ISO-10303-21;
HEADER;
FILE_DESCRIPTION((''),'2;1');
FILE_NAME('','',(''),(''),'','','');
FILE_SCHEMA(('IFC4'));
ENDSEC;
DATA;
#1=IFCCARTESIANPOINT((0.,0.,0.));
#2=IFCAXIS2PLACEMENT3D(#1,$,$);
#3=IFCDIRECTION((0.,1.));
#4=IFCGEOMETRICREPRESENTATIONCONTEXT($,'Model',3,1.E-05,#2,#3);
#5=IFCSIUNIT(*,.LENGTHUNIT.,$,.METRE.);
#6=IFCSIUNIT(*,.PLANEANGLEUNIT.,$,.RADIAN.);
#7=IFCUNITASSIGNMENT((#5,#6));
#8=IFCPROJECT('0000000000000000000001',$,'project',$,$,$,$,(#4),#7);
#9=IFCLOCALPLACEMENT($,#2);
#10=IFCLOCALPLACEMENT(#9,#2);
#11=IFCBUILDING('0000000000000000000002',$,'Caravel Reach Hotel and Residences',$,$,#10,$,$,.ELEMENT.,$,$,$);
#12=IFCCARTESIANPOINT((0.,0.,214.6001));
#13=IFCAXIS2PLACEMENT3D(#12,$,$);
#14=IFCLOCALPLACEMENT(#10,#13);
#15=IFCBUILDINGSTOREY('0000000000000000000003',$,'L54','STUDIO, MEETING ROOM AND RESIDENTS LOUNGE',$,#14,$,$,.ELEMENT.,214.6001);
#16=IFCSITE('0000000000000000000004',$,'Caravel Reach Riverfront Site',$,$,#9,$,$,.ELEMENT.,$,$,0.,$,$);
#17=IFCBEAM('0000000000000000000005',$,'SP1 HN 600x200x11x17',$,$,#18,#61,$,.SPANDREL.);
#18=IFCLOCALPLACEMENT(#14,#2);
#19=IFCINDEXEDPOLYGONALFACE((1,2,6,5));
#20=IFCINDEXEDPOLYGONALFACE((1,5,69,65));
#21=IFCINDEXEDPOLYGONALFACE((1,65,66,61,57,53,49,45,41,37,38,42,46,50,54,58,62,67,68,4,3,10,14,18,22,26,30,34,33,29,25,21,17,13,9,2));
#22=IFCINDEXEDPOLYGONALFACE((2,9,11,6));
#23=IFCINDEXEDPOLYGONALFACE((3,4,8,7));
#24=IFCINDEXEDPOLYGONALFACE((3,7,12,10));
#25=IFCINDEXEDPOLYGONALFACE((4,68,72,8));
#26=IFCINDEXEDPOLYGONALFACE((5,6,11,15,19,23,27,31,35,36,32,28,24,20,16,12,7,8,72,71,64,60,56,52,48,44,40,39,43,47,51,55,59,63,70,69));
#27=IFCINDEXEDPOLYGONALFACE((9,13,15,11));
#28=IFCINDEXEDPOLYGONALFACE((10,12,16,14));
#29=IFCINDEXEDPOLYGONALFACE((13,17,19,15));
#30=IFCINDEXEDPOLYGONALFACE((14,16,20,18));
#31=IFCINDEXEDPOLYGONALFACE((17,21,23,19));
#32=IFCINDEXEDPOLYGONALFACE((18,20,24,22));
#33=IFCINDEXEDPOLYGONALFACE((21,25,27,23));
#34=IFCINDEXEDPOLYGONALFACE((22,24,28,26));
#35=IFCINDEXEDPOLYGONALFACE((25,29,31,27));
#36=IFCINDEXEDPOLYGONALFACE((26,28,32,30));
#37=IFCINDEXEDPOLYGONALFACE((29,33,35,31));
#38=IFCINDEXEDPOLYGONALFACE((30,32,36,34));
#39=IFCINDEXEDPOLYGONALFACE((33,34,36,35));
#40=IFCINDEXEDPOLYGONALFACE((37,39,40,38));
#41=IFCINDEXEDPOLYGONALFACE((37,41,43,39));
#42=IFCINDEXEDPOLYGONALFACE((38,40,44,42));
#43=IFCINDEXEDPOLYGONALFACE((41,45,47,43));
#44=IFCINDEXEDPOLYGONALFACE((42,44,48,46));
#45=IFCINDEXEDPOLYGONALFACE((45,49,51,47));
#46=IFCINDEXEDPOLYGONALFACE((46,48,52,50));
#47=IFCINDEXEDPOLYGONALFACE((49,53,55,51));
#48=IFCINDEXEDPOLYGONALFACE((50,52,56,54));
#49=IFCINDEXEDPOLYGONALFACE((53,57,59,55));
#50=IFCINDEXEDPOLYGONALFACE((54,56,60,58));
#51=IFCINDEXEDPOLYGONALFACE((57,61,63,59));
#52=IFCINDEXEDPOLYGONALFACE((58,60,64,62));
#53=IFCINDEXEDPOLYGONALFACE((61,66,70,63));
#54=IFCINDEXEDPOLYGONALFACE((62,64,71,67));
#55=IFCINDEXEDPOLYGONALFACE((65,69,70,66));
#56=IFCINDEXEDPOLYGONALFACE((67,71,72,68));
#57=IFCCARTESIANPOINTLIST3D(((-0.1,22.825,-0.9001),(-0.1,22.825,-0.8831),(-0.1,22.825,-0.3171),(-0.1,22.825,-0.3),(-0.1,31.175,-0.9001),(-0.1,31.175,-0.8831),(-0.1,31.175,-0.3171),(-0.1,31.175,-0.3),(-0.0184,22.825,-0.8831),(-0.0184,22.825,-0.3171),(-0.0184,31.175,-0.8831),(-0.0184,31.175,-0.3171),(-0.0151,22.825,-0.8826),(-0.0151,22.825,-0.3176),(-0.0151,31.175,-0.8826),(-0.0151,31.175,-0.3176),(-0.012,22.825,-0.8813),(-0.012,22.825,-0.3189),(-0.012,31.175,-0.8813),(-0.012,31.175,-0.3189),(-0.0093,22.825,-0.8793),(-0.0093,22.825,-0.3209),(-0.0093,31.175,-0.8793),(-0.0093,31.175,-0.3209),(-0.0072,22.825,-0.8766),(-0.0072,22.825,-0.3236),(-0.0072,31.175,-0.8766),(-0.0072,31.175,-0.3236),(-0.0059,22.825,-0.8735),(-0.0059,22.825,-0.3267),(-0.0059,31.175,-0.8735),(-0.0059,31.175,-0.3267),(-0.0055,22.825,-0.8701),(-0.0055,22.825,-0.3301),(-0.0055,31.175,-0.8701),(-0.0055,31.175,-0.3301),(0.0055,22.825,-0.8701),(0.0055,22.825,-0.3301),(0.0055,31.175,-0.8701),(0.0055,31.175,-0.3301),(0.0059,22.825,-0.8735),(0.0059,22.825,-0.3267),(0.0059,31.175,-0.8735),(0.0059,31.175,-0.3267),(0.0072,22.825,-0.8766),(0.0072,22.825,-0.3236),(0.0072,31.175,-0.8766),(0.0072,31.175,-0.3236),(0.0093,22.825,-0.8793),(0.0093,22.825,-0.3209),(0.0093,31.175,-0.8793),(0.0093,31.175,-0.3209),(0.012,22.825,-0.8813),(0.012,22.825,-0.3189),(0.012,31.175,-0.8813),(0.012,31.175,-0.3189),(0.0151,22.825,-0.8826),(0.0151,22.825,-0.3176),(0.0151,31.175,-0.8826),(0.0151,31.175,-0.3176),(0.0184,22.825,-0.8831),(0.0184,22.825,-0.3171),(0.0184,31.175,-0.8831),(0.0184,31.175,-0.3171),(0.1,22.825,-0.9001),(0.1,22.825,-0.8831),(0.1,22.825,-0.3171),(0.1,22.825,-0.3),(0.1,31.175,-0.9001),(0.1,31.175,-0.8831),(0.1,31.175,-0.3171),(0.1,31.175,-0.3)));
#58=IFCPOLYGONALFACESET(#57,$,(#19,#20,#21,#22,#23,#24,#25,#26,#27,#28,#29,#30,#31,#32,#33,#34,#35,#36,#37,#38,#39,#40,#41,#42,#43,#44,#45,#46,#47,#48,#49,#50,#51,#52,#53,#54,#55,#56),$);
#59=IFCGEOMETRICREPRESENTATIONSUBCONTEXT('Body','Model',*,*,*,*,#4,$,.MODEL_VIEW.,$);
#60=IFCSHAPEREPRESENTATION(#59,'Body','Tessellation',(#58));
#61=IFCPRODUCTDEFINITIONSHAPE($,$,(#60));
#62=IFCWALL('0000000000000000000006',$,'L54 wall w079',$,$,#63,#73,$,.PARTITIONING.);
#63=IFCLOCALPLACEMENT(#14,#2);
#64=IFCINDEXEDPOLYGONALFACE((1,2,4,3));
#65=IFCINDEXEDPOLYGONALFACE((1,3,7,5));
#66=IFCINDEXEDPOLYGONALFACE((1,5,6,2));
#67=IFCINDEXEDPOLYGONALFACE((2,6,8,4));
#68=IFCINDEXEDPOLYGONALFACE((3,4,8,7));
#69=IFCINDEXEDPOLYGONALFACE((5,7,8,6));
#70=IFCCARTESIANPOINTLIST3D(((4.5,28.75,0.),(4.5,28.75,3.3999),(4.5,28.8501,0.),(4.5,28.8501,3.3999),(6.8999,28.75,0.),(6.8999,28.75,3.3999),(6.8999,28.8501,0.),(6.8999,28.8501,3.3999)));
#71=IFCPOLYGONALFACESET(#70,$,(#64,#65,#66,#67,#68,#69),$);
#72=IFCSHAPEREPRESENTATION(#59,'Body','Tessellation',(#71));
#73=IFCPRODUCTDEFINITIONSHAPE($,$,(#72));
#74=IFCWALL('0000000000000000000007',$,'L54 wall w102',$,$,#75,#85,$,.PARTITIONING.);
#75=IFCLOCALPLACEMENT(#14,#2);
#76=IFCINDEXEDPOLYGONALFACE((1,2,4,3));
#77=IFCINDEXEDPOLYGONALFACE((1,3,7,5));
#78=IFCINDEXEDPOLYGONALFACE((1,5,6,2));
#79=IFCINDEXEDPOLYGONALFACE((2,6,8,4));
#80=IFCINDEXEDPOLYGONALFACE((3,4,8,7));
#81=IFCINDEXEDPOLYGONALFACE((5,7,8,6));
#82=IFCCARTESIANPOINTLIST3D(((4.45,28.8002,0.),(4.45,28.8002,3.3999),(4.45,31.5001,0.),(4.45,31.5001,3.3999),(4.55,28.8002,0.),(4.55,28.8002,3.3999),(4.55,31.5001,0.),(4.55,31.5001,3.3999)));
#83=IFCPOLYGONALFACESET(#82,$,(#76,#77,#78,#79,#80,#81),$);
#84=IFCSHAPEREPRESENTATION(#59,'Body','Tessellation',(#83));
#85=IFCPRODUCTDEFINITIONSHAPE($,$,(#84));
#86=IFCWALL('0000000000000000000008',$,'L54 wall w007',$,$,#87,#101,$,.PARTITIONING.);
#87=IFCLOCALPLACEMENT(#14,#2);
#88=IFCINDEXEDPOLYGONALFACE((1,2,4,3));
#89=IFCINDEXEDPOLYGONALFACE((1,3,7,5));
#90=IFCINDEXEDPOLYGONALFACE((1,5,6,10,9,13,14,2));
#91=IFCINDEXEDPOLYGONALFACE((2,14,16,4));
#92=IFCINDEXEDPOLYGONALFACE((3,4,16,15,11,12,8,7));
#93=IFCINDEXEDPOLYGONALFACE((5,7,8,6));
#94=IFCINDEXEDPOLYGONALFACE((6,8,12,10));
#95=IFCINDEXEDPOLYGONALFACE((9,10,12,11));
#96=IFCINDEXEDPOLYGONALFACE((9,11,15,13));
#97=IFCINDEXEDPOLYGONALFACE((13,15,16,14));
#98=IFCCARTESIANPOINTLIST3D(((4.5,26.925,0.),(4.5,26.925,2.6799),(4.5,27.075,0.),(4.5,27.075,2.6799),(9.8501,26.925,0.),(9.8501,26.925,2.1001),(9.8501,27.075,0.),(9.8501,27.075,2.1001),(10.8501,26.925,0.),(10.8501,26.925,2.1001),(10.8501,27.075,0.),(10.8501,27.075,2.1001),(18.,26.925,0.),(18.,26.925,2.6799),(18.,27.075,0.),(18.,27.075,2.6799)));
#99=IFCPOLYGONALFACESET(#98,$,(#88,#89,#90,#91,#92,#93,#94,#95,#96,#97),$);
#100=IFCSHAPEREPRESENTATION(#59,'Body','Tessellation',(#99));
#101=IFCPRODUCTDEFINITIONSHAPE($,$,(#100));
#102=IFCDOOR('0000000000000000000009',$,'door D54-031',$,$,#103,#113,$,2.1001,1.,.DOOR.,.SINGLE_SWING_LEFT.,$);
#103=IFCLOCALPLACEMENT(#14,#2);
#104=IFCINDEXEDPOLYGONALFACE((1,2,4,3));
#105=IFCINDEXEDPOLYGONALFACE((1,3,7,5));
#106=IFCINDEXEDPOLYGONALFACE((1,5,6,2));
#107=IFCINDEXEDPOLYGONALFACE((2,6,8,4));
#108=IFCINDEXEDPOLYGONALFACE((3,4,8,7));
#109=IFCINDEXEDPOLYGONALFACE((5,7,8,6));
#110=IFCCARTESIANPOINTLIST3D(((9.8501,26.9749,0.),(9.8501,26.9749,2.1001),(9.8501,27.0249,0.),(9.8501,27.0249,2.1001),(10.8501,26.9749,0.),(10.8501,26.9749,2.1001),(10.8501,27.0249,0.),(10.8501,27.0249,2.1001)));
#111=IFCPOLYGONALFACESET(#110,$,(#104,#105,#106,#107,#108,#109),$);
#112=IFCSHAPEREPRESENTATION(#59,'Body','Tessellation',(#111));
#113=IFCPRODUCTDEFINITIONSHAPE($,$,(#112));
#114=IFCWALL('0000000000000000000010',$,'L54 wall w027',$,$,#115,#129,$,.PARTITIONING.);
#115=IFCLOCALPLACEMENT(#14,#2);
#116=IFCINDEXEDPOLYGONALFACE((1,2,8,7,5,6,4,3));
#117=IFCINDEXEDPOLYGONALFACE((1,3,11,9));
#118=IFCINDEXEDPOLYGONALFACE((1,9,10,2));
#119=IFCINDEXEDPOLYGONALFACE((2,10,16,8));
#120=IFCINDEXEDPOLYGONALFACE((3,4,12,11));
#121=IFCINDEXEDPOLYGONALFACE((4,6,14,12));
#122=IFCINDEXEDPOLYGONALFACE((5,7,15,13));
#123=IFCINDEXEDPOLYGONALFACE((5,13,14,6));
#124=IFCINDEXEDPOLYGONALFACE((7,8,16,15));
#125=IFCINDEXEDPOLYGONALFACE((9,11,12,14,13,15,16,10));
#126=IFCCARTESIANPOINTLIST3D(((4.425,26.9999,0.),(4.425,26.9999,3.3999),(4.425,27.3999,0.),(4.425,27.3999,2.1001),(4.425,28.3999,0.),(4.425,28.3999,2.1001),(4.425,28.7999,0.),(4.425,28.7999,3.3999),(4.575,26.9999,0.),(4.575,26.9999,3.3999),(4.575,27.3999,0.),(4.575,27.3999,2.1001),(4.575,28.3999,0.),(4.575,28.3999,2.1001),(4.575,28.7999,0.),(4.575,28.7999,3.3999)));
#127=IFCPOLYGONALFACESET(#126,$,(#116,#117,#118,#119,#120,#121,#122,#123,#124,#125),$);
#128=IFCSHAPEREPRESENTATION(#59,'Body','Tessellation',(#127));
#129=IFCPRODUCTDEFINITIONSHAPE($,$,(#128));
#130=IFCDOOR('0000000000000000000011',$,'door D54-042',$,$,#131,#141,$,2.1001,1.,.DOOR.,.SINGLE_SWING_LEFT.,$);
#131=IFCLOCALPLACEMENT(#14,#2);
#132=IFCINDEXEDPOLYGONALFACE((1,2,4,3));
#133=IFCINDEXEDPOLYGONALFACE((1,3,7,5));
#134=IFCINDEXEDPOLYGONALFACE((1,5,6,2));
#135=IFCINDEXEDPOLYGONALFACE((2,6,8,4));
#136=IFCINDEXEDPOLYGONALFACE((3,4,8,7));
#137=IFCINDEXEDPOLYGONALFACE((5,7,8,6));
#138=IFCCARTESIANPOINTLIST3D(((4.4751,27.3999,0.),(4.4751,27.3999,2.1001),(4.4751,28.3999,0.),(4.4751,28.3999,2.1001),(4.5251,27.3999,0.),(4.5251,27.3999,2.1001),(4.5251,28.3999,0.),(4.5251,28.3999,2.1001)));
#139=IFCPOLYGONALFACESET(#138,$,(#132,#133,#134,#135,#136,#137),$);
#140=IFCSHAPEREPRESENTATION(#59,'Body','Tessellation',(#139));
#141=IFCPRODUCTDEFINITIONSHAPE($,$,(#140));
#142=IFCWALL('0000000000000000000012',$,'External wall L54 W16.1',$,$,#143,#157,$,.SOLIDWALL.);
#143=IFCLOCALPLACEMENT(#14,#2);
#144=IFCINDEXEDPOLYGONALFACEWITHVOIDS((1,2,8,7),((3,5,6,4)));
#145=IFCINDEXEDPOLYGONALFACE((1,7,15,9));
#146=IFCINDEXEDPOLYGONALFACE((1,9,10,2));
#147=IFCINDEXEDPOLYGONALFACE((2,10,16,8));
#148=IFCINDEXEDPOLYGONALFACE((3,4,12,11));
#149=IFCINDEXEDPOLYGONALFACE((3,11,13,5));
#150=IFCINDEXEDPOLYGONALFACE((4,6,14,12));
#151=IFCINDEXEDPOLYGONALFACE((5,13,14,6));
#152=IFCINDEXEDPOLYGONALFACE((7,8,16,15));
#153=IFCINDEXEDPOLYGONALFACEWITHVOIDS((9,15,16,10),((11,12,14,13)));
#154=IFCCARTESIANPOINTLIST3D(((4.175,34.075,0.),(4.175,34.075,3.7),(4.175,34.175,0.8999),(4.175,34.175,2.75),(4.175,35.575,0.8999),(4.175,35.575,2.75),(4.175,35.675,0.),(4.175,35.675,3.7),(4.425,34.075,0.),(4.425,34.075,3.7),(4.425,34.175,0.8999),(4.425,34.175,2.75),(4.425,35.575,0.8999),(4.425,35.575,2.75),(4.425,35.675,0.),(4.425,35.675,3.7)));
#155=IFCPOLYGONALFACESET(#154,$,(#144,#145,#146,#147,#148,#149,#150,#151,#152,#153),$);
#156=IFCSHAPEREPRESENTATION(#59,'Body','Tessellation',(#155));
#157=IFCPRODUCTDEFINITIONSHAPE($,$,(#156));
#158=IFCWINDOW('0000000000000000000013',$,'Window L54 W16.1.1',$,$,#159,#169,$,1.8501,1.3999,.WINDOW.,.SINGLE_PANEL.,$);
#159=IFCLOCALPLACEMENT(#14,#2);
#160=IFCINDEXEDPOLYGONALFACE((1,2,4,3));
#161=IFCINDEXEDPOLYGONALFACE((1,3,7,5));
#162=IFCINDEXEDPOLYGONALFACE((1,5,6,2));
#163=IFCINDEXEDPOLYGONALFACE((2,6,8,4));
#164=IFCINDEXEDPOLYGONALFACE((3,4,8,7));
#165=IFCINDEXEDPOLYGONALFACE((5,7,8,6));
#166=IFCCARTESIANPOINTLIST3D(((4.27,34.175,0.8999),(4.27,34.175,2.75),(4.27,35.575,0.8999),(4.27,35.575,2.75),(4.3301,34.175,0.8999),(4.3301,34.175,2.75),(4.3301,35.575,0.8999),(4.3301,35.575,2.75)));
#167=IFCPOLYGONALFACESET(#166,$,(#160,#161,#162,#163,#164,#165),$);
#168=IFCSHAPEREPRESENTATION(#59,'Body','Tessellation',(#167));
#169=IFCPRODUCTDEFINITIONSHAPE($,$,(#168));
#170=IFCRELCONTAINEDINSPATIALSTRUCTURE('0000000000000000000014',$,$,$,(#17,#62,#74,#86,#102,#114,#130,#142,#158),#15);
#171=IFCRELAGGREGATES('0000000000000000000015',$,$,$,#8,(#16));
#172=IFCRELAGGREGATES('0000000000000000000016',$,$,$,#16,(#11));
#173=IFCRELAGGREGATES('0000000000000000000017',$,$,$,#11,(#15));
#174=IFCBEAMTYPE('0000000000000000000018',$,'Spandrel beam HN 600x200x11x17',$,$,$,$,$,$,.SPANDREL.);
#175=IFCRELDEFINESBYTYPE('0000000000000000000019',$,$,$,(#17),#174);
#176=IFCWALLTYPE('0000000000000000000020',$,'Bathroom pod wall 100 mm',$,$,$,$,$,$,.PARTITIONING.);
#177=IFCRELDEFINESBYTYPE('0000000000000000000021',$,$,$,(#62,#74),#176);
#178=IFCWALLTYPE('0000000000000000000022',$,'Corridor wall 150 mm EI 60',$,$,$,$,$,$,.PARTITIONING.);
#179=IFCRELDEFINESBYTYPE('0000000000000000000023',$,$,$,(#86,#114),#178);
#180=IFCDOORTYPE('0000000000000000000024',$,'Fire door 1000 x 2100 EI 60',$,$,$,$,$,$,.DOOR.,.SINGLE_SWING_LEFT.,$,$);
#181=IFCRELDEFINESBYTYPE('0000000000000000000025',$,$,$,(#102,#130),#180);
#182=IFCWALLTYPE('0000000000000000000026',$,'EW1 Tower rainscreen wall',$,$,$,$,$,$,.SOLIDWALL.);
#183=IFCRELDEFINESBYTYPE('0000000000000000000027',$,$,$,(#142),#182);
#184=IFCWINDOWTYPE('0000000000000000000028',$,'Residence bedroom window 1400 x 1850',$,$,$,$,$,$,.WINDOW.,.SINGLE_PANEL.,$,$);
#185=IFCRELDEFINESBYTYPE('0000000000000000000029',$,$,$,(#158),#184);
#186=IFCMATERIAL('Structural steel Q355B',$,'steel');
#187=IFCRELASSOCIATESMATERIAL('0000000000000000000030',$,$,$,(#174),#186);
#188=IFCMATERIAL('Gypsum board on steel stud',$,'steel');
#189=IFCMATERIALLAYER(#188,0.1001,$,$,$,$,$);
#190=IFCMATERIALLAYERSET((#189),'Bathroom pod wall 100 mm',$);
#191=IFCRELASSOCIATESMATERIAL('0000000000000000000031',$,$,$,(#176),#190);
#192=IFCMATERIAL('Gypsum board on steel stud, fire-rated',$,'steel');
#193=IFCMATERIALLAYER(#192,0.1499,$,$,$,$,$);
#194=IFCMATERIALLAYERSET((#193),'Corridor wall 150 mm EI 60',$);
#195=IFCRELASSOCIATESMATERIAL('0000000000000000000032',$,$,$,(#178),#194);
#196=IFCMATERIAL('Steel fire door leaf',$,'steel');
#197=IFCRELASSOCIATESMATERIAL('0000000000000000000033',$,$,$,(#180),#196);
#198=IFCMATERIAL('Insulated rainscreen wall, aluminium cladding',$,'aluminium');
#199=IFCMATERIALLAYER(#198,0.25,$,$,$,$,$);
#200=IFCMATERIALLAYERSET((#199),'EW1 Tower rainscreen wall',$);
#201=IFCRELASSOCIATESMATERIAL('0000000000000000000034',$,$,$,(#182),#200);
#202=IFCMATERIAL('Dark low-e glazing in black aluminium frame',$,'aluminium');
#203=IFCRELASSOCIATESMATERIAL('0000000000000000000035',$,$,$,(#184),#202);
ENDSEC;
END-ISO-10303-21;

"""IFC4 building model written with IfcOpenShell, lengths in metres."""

from ifc_helpers import new_model, si_unit, direction, frame, frame_2d, origin, origin_2d, place, context, subcontext, project, spatial, rectangle, i_section, extrude, material, layer, layer_set, material_profile, profile_set, type_object, element, fill, save


model = new_model("IFC4")

# Units and contexts
model_context = context("Model", 3, precision=1e-05, world=origin(), true_north=direction((0.0, 1.0)))
body_context = subcontext(model_context, "Body", "Model", "MODEL_VIEW")
ifc_project = project(units=[si_unit("LENGTHUNIT", "METRE"), si_unit("PLANEANGLEUNIT", "RADIAN")], contexts=[model_context])

# Site, building, storey
site_placement = place(None, origin())
site = spatial("IfcSite", under=ifc_project, at=site_placement, Name="Caravel Reach Riverfront Site", CompositionType="ELEMENT", RefElevation=0.0)
building_placement = place(site_placement, origin())
building = spatial("IfcBuilding", under=site, at=building_placement, Name="Caravel Reach Hotel and Residences", CompositionType="ELEMENT")
storey_placement = place(building_placement, frame((0.0, 0.0, 214.6001)))
storey = spatial("IfcBuildingStorey", under=building, at=storey_placement, Name="L54", Description="STUDIO, MEETING ROOM AND RESIDENTS LOUNGE", CompositionType="ELEMENT", Elevation=214.6001)

# Beam
ifc_material_1 = material(Name="Structural steel Q355B", Category="steel")
ifc_material_profile_1 = material_profile(ifc_material_1, i_section(OverallWidth=0.2, OverallDepth=0.6001, WebThickness=0.011, FlangeThickness=0.0171, FilletRadius=0.0129, at=origin_2d()), Name="HN 600x200x11x17")
ifc_profile_set_1 = profile_set([ifc_material_profile_1], Name="Structural steel Q355B")
beam_type = type_object("IfcBeamType", Name="Spandrel beam HN 600x200x11x17", PredefinedType="SPANDREL", material=ifc_profile_set_1)
beam_placement = place(storey_placement, frame((0.0, 31.175, -0.6001), z_axis=(0.0, -1.0, 0.0), x_axis=(1.0, 0.0, 0.0)))
element("IfcBeam", 1, at=beam_placement, inside=storey, type_object=beam_type, Name="SP1 HN 600x200x11x17", PredefinedType="SPANDREL", context=body_context, shape_type="SweptSolid", body=[
    extrude(i_section(OverallWidth=0.2, OverallDepth=0.6001, WebThickness=0.011, FlangeThickness=0.0171, FilletRadius=0.0129, at=origin_2d()), origin(), (0.0, 0.0, 1.0), 8.3501),
])

# Walls
ifc_material_2 = material(Name="Gypsum board on steel stud", Category="steel")
ifc_layer_1 = layer(ifc_material_2, 0.1001)
ifc_layer_set_1 = layer_set([ifc_layer_1], Name="Bathroom pod wall 100 mm")
wall_type_1 = type_object("IfcWallType", Name="Bathroom pod wall 100 mm", PredefinedType="PARTITIONING", material=ifc_layer_set_1)
wall_1_placement = place(storey_placement, frame((4.5, 28.8, 0.0), z_axis=(0.0, 0.0, 1.0), x_axis=(1.0, 0.0, 0.0)))
element("IfcWall", 2, at=wall_1_placement, inside=storey, type_object=wall_type_1, Name="L54 wall w079", PredefinedType="PARTITIONING", context=body_context, shape_type="SweptSolid", body=[
    extrude(rectangle(XDim=2.3999, YDim=0.1001, at=frame_2d((1.2, 0.0))), origin(), (0.0, 0.0, 1.0), 3.3999),
])
wall_2_placement = place(storey_placement, frame((4.5, 28.8, 0.0), z_axis=(0.0, 0.0, 1.0), x_axis=(0.0, 1.0, 0.0)))
element("IfcWall", 3, at=wall_2_placement, inside=storey, type_object=wall_type_1, Name="L54 wall w102", PredefinedType="PARTITIONING", context=body_context, shape_type="SweptSolid", body=[
    extrude(rectangle(XDim=2.7, YDim=0.1001, at=frame_2d((1.3501, 0.0))), origin(), (0.0, 0.0, 1.0), 3.3999),
])

# Walls, openings, doors
ifc_material_3 = material(Name="Gypsum board on steel stud, fire-rated", Category="steel")
ifc_layer_2 = layer(ifc_material_3, 0.1499)
ifc_layer_set_2 = layer_set([ifc_layer_2], Name="Corridor wall 150 mm EI 60")
wall_type_2 = type_object("IfcWallType", Name="Corridor wall 150 mm EI 60", PredefinedType="PARTITIONING", material=ifc_layer_set_2)
wall_3_placement = place(storey_placement, frame((4.5, 27.0, 0.0), z_axis=(0.0, 0.0, 1.0), x_axis=(1.0, 0.0, 0.0)))
wall_3 = element("IfcWall", 4, at=wall_3_placement, inside=storey, type_object=wall_type_2, Name="L54 wall w007", PredefinedType="PARTITIONING", context=body_context, shape_type="SweptSolid", body=[
    extrude(rectangle(XDim=13.5, YDim=0.1499, at=frame_2d((6.75, 0.0))), origin(), (0.0, 0.0, 1.0), 2.6799),
])
opening_1_placement = place(wall_3_placement, frame((5.3501, 0.0, 0.0)))
opening_1 = element("IfcOpeningElement", 5, at=opening_1_placement, cuts=wall_3, PredefinedType="OPENING", context=body_context, shape_type="SweptSolid", body=[
    extrude(rectangle(XDim=1.0, YDim=2.1001, at=frame_2d((0.5, 1.05))), frame((0.0, 0.085, 0.0), z_axis=(0.0, -1.0, 0.0), x_axis=(1.0, 0.0, 0.0)), (0.0, 0.0, 1.0), 0.1699),
])
ifc_material_4 = material(Name="Steel fire door leaf", Category="steel")
door_type = type_object("IfcDoorType", Name="Fire door 1000 x 2100 EI 60", OperationType="SINGLE_SWING_LEFT", PredefinedType="DOOR", material=ifc_material_4)
door_1_placement = place(opening_1_placement, origin())
door_1 = element("IfcDoor", 6, at=door_1_placement, inside=storey, type_object=door_type, Name="door D54-031", OperationType="SINGLE_SWING_LEFT", OverallHeight=2.1001, OverallWidth=1.0, PredefinedType="DOOR", context=body_context, shape_type="SweptSolid", body=[
    extrude(rectangle(XDim=1.0, YDim=2.1001, at=frame_2d((0.5, 1.05))), frame((0.0, 0.0249, 0.0), z_axis=(0.0, -1.0, 0.0), x_axis=(1.0, 0.0, 0.0)), (0.0, 0.0, 1.0), 0.05),
])
fill(opening_1, door_1)
wall_4_placement = place(storey_placement, frame((4.5, 27.0, 0.0), z_axis=(0.0, 0.0, 1.0), x_axis=(0.0, 1.0, 0.0)))
wall_4 = element("IfcWall", 7, at=wall_4_placement, inside=storey, type_object=wall_type_2, Name="L54 wall w027", PredefinedType="PARTITIONING", context=body_context, shape_type="SweptSolid", body=[
    extrude(rectangle(XDim=1.8, YDim=0.1499, at=frame_2d((0.8999, 0.0))), origin(), (0.0, 0.0, 1.0), 3.3999),
])
opening_2_placement = place(wall_4_placement, frame((0.3999, 0.0, 0.0)))
opening_2 = element("IfcOpeningElement", 8, at=opening_2_placement, cuts=wall_4, PredefinedType="OPENING", context=body_context, shape_type="SweptSolid", body=[
    extrude(rectangle(XDim=1.0, YDim=2.1001, at=frame_2d((0.5, 1.05))), frame((0.0, 0.085, 0.0), z_axis=(0.0, -1.0, 0.0), x_axis=(1.0, 0.0, 0.0)), (0.0, 0.0, 1.0), 0.1699),
])
door_2_placement = place(opening_2_placement, origin())
door_2 = element("IfcDoor", 9, at=door_2_placement, inside=storey, type_object=door_type, Name="door D54-042", OperationType="SINGLE_SWING_LEFT", OverallHeight=2.1001, OverallWidth=1.0, PredefinedType="DOOR", context=body_context, shape_type="SweptSolid", body=[
    extrude(rectangle(XDim=1.0, YDim=2.1001, at=frame_2d((0.5, 1.05))), frame((0.0, 0.0249, 0.0), z_axis=(0.0, -1.0, 0.0), x_axis=(1.0, 0.0, 0.0)), (0.0, 0.0, 1.0), 0.05),
])
fill(opening_2, door_2)

# Wall, opening, window
ifc_material_5 = material(Name="Insulated rainscreen wall, aluminium cladding", Category="aluminium")
ifc_layer_3 = layer(ifc_material_5, 0.25)
ifc_layer_set_3 = layer_set([ifc_layer_3], Name="EW1 Tower rainscreen wall")
wall_type_3 = type_object("IfcWallType", Name="EW1 Tower rainscreen wall", PredefinedType="SOLIDWALL", material=ifc_layer_set_3)
wall_5_placement = place(storey_placement, frame((4.3, 35.675, 0.0), z_axis=(0.0, 0.0, 1.0), x_axis=(0.0, -1.0, 0.0)))
wall_5 = element("IfcWall", 10, at=wall_5_placement, inside=storey, type_object=wall_type_3, Name="External wall L54 W16.1", PredefinedType="SOLIDWALL", context=body_context, shape_type="SweptSolid", body=[
    extrude(rectangle(XDim=1.6001, YDim=0.25, at=frame_2d((0.8, 0.0))), origin(), (0.0, 0.0, 1.0), 3.7),
])
opening_3_placement = place(wall_5_placement, frame((0.1001, 0.0, 0.8999)))
opening_3 = element("IfcOpeningElement", 11, at=opening_3_placement, cuts=wall_5, PredefinedType="OPENING", context=body_context, shape_type="SweptSolid", body=[
    extrude(rectangle(XDim=1.3999, YDim=1.8501, at=frame_2d((0.7, 0.925))), frame((0.0, 0.135, 0.0), z_axis=(0.0, -1.0, 0.0), x_axis=(1.0, 0.0, 0.0)), (0.0, 0.0, 1.0), 0.27),
])
ifc_material_6 = material(Name="Dark low-e glazing in black aluminium frame", Category="aluminium")
window_type_1 = type_object("IfcWindowType", Name="Residence bedroom window 1400 x 1850", PartitioningType="SINGLE_PANEL", PredefinedType="WINDOW", material=ifc_material_6)
window_1_placement = place(opening_3_placement, origin())
window_1 = element("IfcWindow", 12, at=window_1_placement, inside=storey, type_object=window_type_1, Name="Window L54 W16.1.1", OverallHeight=1.8501, OverallWidth=1.3999, PartitioningType="SINGLE_PANEL", PredefinedType="WINDOW", context=body_context, shape_type="SweptSolid", body=[
    extrude(rectangle(XDim=1.3999, YDim=1.8501, at=frame_2d((0.7, 0.925))), frame((0.0, 0.03, 0.0), z_axis=(0.0, -1.0, 0.0), x_axis=(1.0, 0.0, 0.0)), (0.0, 0.0, 1.0), 0.0601),
])
fill(opening_3, window_1)

save(model, "model.ifc")
